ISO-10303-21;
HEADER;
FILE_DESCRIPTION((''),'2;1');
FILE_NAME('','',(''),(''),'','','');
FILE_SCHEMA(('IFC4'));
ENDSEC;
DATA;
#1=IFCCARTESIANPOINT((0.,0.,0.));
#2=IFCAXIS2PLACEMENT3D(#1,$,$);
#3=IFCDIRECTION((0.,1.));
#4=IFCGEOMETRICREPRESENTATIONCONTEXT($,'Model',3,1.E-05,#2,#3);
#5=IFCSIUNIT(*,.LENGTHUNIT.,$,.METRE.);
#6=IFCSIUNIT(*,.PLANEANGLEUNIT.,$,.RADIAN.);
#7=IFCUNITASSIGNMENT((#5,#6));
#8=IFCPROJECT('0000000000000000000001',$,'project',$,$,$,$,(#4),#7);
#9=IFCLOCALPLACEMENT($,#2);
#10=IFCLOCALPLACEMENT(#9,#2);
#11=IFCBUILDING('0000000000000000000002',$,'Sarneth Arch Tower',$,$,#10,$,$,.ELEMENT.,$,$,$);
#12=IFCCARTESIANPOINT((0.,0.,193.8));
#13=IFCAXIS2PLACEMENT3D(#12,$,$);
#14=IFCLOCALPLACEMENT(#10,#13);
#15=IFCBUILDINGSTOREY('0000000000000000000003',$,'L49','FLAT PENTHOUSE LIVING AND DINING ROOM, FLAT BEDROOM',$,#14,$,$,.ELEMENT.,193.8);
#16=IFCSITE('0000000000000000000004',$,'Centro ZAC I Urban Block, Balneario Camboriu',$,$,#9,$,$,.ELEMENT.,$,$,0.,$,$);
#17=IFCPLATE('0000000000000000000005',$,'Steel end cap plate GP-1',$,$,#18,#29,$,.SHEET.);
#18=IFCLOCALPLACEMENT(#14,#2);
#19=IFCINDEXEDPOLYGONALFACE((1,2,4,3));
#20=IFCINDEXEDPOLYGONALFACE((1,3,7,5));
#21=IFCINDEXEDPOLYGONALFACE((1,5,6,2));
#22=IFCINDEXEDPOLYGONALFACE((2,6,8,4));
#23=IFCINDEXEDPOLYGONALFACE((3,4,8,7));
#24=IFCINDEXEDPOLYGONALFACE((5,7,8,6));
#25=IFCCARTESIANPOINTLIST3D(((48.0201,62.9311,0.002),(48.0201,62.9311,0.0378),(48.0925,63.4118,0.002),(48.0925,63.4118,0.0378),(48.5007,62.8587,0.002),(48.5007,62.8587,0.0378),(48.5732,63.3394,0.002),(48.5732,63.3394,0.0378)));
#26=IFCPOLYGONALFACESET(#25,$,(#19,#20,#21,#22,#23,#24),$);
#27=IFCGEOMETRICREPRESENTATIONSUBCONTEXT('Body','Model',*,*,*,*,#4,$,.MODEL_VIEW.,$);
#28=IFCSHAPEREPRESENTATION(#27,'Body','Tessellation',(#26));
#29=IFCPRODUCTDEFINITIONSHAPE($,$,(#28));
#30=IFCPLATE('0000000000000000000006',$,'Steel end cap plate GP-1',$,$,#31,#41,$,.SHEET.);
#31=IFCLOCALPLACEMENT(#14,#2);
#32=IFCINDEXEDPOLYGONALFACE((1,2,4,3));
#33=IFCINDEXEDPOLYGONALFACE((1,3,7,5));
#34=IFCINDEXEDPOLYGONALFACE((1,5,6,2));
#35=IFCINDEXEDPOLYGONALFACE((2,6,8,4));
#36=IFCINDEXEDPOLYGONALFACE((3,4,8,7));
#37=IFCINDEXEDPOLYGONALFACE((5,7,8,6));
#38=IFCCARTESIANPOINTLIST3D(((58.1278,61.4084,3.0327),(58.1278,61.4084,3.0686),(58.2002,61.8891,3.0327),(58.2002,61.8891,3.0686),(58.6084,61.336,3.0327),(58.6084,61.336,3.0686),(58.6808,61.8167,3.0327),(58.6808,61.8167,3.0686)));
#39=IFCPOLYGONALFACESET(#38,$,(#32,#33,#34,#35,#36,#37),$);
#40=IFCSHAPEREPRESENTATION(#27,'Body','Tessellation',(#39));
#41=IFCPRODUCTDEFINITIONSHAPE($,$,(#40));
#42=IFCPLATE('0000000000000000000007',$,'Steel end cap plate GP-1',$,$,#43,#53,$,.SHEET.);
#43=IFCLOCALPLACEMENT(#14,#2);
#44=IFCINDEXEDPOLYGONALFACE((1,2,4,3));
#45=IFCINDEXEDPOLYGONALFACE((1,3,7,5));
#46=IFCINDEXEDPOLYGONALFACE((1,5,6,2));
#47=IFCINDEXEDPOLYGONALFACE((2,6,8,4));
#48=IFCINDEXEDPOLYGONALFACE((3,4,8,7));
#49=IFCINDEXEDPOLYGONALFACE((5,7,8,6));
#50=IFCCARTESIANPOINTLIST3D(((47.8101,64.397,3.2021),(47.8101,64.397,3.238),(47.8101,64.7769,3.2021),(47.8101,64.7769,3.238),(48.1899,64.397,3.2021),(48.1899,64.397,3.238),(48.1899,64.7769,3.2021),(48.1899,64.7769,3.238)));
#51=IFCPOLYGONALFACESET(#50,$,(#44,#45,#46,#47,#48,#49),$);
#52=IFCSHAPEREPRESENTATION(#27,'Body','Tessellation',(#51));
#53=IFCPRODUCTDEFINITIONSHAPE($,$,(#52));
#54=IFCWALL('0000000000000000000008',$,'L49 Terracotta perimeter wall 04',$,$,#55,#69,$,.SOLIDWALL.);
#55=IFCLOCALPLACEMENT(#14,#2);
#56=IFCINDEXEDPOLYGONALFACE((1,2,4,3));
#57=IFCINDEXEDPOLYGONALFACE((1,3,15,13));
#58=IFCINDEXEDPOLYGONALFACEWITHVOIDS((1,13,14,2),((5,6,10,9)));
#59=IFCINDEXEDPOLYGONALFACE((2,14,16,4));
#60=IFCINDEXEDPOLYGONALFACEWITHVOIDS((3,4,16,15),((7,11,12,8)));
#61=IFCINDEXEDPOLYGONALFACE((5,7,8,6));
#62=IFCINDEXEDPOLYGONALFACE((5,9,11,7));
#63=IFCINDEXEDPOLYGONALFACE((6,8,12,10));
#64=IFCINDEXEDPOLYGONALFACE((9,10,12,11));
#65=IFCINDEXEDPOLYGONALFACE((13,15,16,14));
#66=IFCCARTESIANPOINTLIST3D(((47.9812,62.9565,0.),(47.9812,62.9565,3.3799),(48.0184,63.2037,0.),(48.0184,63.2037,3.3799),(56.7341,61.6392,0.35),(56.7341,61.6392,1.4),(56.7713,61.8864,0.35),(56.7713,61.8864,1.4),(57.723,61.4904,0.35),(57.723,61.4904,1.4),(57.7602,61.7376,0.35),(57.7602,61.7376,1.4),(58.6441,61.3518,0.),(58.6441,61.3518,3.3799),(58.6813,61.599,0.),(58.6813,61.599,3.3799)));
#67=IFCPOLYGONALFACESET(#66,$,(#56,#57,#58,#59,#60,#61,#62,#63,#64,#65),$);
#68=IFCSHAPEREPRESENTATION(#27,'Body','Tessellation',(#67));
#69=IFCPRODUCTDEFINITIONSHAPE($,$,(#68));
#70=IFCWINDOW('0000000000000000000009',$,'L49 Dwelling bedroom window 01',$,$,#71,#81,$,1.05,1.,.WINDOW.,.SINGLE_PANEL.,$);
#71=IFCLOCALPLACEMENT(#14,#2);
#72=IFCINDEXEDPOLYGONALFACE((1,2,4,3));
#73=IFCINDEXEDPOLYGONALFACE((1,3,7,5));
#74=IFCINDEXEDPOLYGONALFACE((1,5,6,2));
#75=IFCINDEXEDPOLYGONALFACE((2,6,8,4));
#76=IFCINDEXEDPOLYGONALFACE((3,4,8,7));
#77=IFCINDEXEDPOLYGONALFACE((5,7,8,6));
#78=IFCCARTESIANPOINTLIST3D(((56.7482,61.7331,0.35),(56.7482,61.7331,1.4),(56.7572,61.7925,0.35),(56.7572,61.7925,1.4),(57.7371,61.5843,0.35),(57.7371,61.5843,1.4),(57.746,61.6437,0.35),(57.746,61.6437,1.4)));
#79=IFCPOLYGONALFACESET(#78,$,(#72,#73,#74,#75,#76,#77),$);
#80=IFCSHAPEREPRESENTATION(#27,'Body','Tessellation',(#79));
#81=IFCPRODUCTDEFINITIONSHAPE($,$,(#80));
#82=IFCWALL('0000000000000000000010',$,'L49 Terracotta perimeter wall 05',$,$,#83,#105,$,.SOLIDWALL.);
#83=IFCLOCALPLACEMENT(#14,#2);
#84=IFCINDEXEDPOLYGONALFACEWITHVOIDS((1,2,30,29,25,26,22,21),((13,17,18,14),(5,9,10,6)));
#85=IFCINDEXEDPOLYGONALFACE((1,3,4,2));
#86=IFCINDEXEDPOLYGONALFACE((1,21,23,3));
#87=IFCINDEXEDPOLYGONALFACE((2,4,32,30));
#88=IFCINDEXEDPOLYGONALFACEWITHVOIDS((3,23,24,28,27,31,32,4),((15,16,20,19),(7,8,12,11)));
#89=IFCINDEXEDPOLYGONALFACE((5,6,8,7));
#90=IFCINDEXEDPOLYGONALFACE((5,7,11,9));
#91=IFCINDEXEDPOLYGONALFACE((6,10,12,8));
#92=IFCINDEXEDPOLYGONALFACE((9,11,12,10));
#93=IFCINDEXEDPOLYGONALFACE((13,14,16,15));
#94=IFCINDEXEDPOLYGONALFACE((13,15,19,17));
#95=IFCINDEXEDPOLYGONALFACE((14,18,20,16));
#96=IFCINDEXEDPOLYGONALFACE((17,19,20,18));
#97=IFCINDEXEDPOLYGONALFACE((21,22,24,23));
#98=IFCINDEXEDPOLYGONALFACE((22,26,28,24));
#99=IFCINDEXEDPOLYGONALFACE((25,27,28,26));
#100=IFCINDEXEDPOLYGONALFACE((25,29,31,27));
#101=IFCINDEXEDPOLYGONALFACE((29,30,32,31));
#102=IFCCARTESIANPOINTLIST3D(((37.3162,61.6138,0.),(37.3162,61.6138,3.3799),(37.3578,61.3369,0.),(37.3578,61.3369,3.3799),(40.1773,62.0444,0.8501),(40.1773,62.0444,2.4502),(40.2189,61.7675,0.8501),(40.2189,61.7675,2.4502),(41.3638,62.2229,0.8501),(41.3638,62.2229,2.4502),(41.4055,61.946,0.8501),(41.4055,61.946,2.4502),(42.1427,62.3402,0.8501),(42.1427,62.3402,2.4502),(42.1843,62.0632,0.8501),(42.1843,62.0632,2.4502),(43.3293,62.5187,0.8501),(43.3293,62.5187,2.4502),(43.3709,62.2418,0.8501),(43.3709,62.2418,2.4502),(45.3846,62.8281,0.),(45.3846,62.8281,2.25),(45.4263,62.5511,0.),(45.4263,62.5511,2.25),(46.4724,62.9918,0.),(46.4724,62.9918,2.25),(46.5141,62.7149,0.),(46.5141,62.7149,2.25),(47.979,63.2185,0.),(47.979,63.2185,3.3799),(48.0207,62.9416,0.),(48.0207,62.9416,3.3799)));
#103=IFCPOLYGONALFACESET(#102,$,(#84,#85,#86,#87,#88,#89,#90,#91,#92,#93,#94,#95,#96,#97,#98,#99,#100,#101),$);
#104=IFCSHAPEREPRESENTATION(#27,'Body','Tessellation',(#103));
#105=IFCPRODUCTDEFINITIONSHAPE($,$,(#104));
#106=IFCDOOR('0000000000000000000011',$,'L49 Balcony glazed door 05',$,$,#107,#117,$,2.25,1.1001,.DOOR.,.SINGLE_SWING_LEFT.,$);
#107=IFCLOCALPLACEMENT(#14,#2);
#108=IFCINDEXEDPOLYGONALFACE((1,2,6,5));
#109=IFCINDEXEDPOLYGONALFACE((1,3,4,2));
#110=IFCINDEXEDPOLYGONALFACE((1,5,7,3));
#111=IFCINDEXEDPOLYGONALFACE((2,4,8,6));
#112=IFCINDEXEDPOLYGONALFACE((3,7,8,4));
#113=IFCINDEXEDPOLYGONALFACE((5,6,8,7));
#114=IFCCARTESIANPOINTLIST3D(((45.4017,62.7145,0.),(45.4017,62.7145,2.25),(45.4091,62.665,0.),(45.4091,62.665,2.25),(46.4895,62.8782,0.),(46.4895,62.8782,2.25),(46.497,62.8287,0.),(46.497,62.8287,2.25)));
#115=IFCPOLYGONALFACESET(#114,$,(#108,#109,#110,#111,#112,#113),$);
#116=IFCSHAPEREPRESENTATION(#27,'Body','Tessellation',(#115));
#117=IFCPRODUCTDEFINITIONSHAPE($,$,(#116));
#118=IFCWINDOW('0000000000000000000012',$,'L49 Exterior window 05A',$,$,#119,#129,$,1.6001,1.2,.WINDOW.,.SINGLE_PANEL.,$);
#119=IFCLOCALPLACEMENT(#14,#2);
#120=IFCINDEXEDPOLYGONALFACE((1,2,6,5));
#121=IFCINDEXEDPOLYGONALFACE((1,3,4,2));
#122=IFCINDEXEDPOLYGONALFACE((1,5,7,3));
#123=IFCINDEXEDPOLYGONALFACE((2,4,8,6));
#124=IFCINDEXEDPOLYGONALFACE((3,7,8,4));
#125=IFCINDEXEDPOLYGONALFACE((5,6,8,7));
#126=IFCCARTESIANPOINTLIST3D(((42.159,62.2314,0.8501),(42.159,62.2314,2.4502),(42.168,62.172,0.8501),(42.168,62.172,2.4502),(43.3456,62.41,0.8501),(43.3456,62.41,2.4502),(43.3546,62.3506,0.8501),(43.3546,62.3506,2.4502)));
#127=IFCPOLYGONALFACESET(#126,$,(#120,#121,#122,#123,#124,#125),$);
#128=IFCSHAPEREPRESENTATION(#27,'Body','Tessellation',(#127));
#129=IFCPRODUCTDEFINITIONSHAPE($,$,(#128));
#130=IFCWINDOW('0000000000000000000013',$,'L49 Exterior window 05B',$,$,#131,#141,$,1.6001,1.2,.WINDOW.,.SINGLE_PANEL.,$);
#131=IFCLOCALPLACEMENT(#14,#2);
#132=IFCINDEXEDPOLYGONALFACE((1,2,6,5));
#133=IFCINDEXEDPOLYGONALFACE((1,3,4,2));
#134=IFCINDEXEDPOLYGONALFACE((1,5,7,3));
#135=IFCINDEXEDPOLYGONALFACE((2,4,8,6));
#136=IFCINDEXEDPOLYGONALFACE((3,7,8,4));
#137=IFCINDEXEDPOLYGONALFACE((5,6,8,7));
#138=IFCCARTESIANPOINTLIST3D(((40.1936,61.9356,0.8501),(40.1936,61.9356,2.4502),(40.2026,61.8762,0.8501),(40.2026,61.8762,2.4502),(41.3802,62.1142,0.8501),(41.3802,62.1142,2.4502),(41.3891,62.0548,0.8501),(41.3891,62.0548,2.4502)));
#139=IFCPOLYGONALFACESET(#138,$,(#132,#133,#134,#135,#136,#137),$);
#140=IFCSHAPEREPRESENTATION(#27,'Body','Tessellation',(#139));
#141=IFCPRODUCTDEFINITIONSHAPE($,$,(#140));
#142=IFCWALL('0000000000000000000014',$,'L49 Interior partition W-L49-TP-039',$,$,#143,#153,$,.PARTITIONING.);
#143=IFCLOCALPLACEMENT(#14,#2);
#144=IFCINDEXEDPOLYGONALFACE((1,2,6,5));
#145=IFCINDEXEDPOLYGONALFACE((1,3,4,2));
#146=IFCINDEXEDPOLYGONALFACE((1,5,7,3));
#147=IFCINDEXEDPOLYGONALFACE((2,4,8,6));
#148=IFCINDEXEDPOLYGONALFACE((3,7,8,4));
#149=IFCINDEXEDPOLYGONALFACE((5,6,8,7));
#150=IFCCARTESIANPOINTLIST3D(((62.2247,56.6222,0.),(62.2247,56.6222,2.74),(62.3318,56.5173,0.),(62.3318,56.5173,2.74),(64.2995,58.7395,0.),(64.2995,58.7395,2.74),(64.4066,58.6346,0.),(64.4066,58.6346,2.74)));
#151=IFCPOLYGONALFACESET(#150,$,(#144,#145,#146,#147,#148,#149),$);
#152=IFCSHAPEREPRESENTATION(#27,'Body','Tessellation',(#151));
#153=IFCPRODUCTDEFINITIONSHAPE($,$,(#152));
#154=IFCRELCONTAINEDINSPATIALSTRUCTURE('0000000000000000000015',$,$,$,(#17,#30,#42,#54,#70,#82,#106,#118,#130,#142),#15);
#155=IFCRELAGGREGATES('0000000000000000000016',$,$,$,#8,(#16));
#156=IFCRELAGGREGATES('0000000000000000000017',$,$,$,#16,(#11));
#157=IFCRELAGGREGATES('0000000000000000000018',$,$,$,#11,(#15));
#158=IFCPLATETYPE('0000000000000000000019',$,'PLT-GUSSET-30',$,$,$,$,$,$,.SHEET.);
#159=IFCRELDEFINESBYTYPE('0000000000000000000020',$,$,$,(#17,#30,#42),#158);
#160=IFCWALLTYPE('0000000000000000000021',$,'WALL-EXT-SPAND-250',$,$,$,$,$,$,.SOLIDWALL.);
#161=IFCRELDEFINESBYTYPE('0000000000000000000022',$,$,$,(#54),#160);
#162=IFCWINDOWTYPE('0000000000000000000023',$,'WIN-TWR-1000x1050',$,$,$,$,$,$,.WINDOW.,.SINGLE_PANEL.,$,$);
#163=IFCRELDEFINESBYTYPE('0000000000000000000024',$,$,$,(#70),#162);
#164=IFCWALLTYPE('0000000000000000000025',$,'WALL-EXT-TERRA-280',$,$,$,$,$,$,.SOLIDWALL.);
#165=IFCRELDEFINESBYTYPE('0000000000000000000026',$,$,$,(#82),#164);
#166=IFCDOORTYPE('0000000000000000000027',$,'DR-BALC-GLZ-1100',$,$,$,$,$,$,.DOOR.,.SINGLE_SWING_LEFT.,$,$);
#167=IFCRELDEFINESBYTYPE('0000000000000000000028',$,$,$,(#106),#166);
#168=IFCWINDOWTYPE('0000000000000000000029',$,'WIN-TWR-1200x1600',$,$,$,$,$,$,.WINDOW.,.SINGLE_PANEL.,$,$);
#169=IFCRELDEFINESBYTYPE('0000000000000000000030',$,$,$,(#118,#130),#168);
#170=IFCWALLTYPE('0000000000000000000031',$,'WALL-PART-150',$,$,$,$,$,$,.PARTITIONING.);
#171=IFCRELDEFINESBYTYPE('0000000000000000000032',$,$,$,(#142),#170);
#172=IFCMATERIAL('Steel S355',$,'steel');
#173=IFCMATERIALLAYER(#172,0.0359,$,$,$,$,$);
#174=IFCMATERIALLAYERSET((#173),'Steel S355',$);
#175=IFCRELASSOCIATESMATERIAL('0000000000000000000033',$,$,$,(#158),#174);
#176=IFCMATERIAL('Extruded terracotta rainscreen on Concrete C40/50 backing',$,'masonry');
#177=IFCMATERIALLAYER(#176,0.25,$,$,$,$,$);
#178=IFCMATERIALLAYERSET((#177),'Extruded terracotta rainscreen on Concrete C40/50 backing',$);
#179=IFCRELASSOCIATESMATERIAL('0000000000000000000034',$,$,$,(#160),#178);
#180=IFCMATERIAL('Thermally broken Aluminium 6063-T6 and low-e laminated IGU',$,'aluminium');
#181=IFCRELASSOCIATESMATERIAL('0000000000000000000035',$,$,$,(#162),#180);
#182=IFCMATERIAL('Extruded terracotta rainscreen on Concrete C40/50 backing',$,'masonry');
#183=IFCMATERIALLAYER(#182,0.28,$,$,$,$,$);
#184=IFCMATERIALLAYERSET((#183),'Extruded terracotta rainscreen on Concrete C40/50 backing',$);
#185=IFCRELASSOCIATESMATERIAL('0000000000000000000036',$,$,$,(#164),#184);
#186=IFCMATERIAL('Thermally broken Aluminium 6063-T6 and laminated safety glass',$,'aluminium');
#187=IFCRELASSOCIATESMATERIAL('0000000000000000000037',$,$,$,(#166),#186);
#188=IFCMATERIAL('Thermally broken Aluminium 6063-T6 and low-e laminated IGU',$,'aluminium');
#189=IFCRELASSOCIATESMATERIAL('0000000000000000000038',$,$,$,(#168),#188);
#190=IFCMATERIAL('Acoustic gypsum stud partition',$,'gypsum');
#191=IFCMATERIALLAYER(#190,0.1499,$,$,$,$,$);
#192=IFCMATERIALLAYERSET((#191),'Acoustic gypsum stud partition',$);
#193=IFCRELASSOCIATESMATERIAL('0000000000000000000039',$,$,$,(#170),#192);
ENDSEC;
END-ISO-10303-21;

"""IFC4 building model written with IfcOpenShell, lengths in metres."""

from ifc_helpers import new_model, si_unit, direction, frame, frame_2d, origin, origin_2d, place, context, subcontext, project, spatial, rectangle, extrude, material, layer, layer_set, type_object, element, fill, save


model = new_model("IFC4")

# Units and contexts
model_context = context("Model", 3, precision=1e-05, world=origin(), true_north=direction((0.0, 1.0)))
body_context = subcontext(model_context, "Body", "Model", "MODEL_VIEW")
ifc_project = project(units=[si_unit("LENGTHUNIT", "METRE"), si_unit("PLANEANGLEUNIT", "RADIAN")], contexts=[model_context])

# Site, building, storey
site_placement = place(None, origin())
site = spatial("IfcSite", under=ifc_project, at=site_placement, Name="Centro ZAC I Urban Block, Balneario Camboriu", CompositionType="ELEMENT", RefElevation=0.0)
building_placement = place(site_placement, origin())
building = spatial("IfcBuilding", under=site, at=building_placement, Name="Sarneth Arch Tower", CompositionType="ELEMENT")
storey_placement = place(building_placement, frame((0.0, 0.0, 193.8)))
storey = spatial("IfcBuildingStorey", under=building, at=storey_placement, Name="L49", Description="FLAT PENTHOUSE LIVING AND DINING ROOM, FLAT BEDROOM", CompositionType="ELEMENT", Elevation=193.8)

# Plates
ifc_material_1 = material(Name="Steel S355", Category="steel")
ifc_layer_1 = layer(ifc_material_1, 0.0359)
ifc_layer_set_1 = layer_set([ifc_layer_1], Name="Steel S355")
plate_type = type_object("IfcPlateType", Name="PLT-GUSSET-30", PredefinedType="SHEET", material=ifc_layer_set_1)
for number, where, z_axis, x_axis, name in (
    (1, (48.2966, 63.1353, 0.002), (0.0, 0.0, 1.0), (-0.988835, 0.149018, 0.0), "Steel end cap plate GP-1"),
    (2, (58.4043, 61.6125, 3.0327), (0.0, 0.0, 1.0), (-0.988835, 0.149018, 0.0), "Steel end cap plate GP-1"),
):
    element("IfcPlate", number, at=place(storey_placement, frame(where, z_axis=z_axis, x_axis=x_axis)), inside=storey, type_object=plate_type, Name=name, PredefinedType="SHEET", context=body_context, shape_type="SweptSolid", body=[
        extrude(rectangle(XDim=0.4861, YDim=0.4861, at=origin_2d()), origin(), (0.0, 0.0, 1.0), 0.0359),
    ])
plate_placement = place(storey_placement, frame((48.0, 64.5869, 3.2021), z_axis=(0.0, 0.0, 1.0), x_axis=(0.0, 1.0, 0.0)))
element("IfcPlate", 3, at=plate_placement, inside=storey, type_object=plate_type, Name="Steel end cap plate GP-1", PredefinedType="SHEET", context=body_context, shape_type="SweptSolid", body=[
    extrude(rectangle(XDim=0.3799, YDim=0.3799, at=origin_2d()), origin(), (0.0, 0.0, 1.0), 0.0359),
])

# Wall, opening, window
ifc_material_2 = material(Name="Extruded terracotta rainscreen on Concrete C40/50 backing", Category="masonry")
ifc_layer_2 = layer(ifc_material_2, 0.25)
ifc_layer_set_2 = layer_set([ifc_layer_2], Name="Extruded terracotta rainscreen on Concrete C40/50 backing")
wall_type_1 = type_object("IfcWallType", Name="WALL-EXT-SPAND-250", PredefinedType="SOLIDWALL", material=ifc_layer_set_2)
wall_1_placement = place(storey_placement, frame((58.6628, 61.4753, 0.0), z_axis=(0.0, 0.0, 1.0), x_axis=(-0.988864, 0.148822, 0.0)))
wall_1 = element("IfcWall", 4, at=wall_1_placement, inside=storey, type_object=wall_type_1, Name="L49 Terracotta perimeter wall 04", PredefinedType="SOLIDWALL", context=body_context, shape_type="SweptSolid", body=[
    extrude(rectangle(XDim=10.783, YDim=0.25, at=frame_2d((5.3916, 0.0))), origin(), (0.0, 0.0, 1.0), 3.3799),
])
opening_1_placement = place(wall_1_placement, frame((0.9316, 0.0, 0.3501)))
opening_1 = element("IfcOpeningElement", 5, at=opening_1_placement, cuts=wall_1, PredefinedType="OPENING", context=body_context, shape_type="SweptSolid", body=[
    extrude(rectangle(XDim=1.0, YDim=1.05, at=frame_2d((0.5, 0.5249))), frame((0.0, 0.135, 0.0), z_axis=(0.0, -1.0, 0.0), x_axis=(1.0, 0.0, 0.0)), (0.0, 0.0, 1.0), 0.27),
])
ifc_material_3 = material(Name="Thermally broken Aluminium 6063-T6 and low-e laminated IGU", Category="aluminium")
window_type_1 = type_object("IfcWindowType", Name="WIN-TWR-1000x1050", PartitioningType="SINGLE_PANEL", PredefinedType="WINDOW", material=ifc_material_3)
window_1_placement = place(opening_1_placement, origin())
window_1 = element("IfcWindow", 6, at=window_1_placement, inside=storey, type_object=window_type_1, Name="L49 Dwelling bedroom window 01", OverallHeight=1.05, OverallWidth=1.0, PartitioningType="SINGLE_PANEL", PredefinedType="WINDOW", context=body_context, shape_type="SweptSolid", body=[
    extrude(rectangle(XDim=1.0, YDim=1.05, at=frame_2d((0.5, 0.5249))), frame((0.0, 0.03, 0.0), z_axis=(0.0, -1.0, 0.0), x_axis=(1.0, 0.0, 0.0)), (0.0, 0.0, 1.0), 0.0601),
])
fill(opening_1, window_1)

# Wall, openings, door, windows
ifc_material_4 = material(Name="Extruded terracotta rainscreen on Concrete C40/50 backing", Category="masonry")
ifc_layer_3 = layer(ifc_material_4, 0.28)
ifc_layer_set_3 = layer_set([ifc_layer_3], Name="Extruded terracotta rainscreen on Concrete C40/50 backing")
wall_type_2 = type_object("IfcWallType", Name="WALL-EXT-TERRA-280", PredefinedType="SOLIDWALL", material=ifc_layer_set_3)
wall_2_placement = place(storey_placement, frame((48.0, 63.0801, 0.0), z_axis=(0.0, 0.0, 1.0), x_axis=(-0.988864, -0.148822, 0.0)))
wall_2 = element("IfcWall", 7, at=wall_2_placement, inside=storey, type_object=wall_type_2, Name="L49 Terracotta perimeter wall 05", PredefinedType="SOLIDWALL", context=body_context, shape_type="SweptSolid", body=[
    extrude(rectangle(XDim=10.783, YDim=0.28, at=frame_2d((5.3916, 0.0))), origin(), (0.0, 0.0, 1.0), 3.3799),
])
opening_2_placement = place(wall_2_placement, frame((1.5237, 0.0, 0.0)))
opening_2 = element("IfcOpeningElement", 8, at=opening_2_placement, cuts=wall_2, PredefinedType="OPENING", context=body_context, shape_type="SweptSolid", body=[
    extrude(rectangle(XDim=1.1001, YDim=2.25, at=frame_2d((0.55, 1.125))), frame((0.0, 0.1499, 0.0), z_axis=(0.0, -1.0, 0.0), x_axis=(1.0, 0.0, 0.0)), (0.0, 0.0, 1.0), 0.3),
])
opening_3_placement = place(wall_2_placement, frame((4.7021, 0.0, 0.8501)))
opening_3 = element("IfcOpeningElement", 9, at=opening_3_placement, cuts=wall_2, PredefinedType="OPENING", context=body_context, shape_type="SweptSolid", body=[
    extrude(rectangle(XDim=1.2, YDim=1.6001, at=frame_2d((0.6001, 0.8))), frame((0.0, 0.1499, 0.0), z_axis=(0.0, -1.0, 0.0), x_axis=(1.0, 0.0, 0.0)), (0.0, 0.0, 1.0), 0.3),
])
opening_4_placement = place(wall_2_placement, frame((6.6897, 0.0, 0.8501)))
opening_4 = element("IfcOpeningElement", 10, at=opening_4_placement, cuts=wall_2, PredefinedType="OPENING", context=body_context, shape_type="SweptSolid", body=[
    extrude(rectangle(XDim=1.2, YDim=1.6001, at=frame_2d((0.6001, 0.8))), frame((0.0, 0.1499, 0.0), z_axis=(0.0, -1.0, 0.0), x_axis=(1.0, 0.0, 0.0)), (0.0, 0.0, 1.0), 0.3),
])
ifc_material_5 = material(Name="Thermally broken Aluminium 6063-T6 and laminated safety glass", Category="aluminium")
door_type_1 = type_object("IfcDoorType", Name="DR-BALC-GLZ-1100", OperationType="SINGLE_SWING_LEFT", PredefinedType="DOOR", material=ifc_material_5)
door_1_placement = place(opening_2_placement, origin())
door_1 = element("IfcDoor", 11, at=door_1_placement, inside=storey, type_object=door_type_1, Name="L49 Balcony glazed door 05", OperationType="SINGLE_SWING_LEFT", OverallHeight=2.25, OverallWidth=1.1001, PredefinedType="DOOR", context=body_context, shape_type="SweptSolid", body=[
    extrude(rectangle(XDim=1.1001, YDim=2.25, at=frame_2d((0.55, 1.125))), frame((0.0, 0.0249, 0.0), z_axis=(0.0, -1.0, 0.0), x_axis=(1.0, 0.0, 0.0)), (0.0, 0.0, 1.0), 0.05),
])
fill(opening_2, door_1)
ifc_material_6 = material(Name="Thermally broken Aluminium 6063-T6 and low-e laminated IGU", Category="aluminium")
window_type_2 = type_object("IfcWindowType", Name="WIN-TWR-1200x1600", PartitioningType="SINGLE_PANEL", PredefinedType="WINDOW", material=ifc_material_6)
window_2_placement = place(opening_3_placement, origin())
window_2 = element("IfcWindow", 12, at=window_2_placement, inside=storey, type_object=window_type_2, Name="L49 Exterior window 05A", OverallHeight=1.6001, OverallWidth=1.2, PartitioningType="SINGLE_PANEL", PredefinedType="WINDOW", context=body_context, shape_type="SweptSolid", body=[
    extrude(rectangle(XDim=1.2, YDim=1.6001, at=frame_2d((0.6001, 0.8))), frame((0.0, 0.03, 0.0), z_axis=(0.0, -1.0, 0.0), x_axis=(1.0, 0.0, 0.0)), (0.0, 0.0, 1.0), 0.0601),
])
fill(opening_3, window_2)
window_3_placement = place(opening_4_placement, origin())
window_3 = element("IfcWindow", 13, at=window_3_placement, inside=storey, type_object=window_type_2, Name="L49 Exterior window 05B", OverallHeight=1.6001, OverallWidth=1.2, PartitioningType="SINGLE_PANEL", PredefinedType="WINDOW", context=body_context, shape_type="SweptSolid", body=[
    extrude(rectangle(XDim=1.2, YDim=1.6001, at=frame_2d((0.6001, 0.8))), frame((0.0, 0.03, 0.0), z_axis=(0.0, -1.0, 0.0), x_axis=(1.0, 0.0, 0.0)), (0.0, 0.0, 1.0), 0.0601),
])
fill(opening_4, window_3)

# Wall
ifc_material_7 = material(Name="Acoustic gypsum stud partition", Category="gypsum")
ifc_layer_4 = layer(ifc_material_7, 0.1499)
ifc_layer_set_4 = layer_set([ifc_layer_4], Name="Acoustic gypsum stud partition")
wall_type_3 = type_object("IfcWallType", Name="WALL-PART-150", PredefinedType="PARTITIONING", material=ifc_layer_set_4)
wall_3_placement = place(storey_placement, frame((64.353, 58.687, 0.0), z_axis=(0.0, 0.0, 1.0), x_axis=(-0.699905, -0.714236, 0.0)))
element("IfcWall", 14, at=wall_3_placement, inside=storey, type_object=wall_type_3, Name="L49 Interior partition W-L49-TP-039", PredefinedType="PARTITIONING", context=body_context, shape_type="SweptSolid", body=[
    extrude(rectangle(XDim=2.9644, YDim=0.1499, at=frame_2d((1.4822, 0.0))), origin(), (0.0, 0.0, 1.0), 2.74),
])

save(model, "model.ifc")
